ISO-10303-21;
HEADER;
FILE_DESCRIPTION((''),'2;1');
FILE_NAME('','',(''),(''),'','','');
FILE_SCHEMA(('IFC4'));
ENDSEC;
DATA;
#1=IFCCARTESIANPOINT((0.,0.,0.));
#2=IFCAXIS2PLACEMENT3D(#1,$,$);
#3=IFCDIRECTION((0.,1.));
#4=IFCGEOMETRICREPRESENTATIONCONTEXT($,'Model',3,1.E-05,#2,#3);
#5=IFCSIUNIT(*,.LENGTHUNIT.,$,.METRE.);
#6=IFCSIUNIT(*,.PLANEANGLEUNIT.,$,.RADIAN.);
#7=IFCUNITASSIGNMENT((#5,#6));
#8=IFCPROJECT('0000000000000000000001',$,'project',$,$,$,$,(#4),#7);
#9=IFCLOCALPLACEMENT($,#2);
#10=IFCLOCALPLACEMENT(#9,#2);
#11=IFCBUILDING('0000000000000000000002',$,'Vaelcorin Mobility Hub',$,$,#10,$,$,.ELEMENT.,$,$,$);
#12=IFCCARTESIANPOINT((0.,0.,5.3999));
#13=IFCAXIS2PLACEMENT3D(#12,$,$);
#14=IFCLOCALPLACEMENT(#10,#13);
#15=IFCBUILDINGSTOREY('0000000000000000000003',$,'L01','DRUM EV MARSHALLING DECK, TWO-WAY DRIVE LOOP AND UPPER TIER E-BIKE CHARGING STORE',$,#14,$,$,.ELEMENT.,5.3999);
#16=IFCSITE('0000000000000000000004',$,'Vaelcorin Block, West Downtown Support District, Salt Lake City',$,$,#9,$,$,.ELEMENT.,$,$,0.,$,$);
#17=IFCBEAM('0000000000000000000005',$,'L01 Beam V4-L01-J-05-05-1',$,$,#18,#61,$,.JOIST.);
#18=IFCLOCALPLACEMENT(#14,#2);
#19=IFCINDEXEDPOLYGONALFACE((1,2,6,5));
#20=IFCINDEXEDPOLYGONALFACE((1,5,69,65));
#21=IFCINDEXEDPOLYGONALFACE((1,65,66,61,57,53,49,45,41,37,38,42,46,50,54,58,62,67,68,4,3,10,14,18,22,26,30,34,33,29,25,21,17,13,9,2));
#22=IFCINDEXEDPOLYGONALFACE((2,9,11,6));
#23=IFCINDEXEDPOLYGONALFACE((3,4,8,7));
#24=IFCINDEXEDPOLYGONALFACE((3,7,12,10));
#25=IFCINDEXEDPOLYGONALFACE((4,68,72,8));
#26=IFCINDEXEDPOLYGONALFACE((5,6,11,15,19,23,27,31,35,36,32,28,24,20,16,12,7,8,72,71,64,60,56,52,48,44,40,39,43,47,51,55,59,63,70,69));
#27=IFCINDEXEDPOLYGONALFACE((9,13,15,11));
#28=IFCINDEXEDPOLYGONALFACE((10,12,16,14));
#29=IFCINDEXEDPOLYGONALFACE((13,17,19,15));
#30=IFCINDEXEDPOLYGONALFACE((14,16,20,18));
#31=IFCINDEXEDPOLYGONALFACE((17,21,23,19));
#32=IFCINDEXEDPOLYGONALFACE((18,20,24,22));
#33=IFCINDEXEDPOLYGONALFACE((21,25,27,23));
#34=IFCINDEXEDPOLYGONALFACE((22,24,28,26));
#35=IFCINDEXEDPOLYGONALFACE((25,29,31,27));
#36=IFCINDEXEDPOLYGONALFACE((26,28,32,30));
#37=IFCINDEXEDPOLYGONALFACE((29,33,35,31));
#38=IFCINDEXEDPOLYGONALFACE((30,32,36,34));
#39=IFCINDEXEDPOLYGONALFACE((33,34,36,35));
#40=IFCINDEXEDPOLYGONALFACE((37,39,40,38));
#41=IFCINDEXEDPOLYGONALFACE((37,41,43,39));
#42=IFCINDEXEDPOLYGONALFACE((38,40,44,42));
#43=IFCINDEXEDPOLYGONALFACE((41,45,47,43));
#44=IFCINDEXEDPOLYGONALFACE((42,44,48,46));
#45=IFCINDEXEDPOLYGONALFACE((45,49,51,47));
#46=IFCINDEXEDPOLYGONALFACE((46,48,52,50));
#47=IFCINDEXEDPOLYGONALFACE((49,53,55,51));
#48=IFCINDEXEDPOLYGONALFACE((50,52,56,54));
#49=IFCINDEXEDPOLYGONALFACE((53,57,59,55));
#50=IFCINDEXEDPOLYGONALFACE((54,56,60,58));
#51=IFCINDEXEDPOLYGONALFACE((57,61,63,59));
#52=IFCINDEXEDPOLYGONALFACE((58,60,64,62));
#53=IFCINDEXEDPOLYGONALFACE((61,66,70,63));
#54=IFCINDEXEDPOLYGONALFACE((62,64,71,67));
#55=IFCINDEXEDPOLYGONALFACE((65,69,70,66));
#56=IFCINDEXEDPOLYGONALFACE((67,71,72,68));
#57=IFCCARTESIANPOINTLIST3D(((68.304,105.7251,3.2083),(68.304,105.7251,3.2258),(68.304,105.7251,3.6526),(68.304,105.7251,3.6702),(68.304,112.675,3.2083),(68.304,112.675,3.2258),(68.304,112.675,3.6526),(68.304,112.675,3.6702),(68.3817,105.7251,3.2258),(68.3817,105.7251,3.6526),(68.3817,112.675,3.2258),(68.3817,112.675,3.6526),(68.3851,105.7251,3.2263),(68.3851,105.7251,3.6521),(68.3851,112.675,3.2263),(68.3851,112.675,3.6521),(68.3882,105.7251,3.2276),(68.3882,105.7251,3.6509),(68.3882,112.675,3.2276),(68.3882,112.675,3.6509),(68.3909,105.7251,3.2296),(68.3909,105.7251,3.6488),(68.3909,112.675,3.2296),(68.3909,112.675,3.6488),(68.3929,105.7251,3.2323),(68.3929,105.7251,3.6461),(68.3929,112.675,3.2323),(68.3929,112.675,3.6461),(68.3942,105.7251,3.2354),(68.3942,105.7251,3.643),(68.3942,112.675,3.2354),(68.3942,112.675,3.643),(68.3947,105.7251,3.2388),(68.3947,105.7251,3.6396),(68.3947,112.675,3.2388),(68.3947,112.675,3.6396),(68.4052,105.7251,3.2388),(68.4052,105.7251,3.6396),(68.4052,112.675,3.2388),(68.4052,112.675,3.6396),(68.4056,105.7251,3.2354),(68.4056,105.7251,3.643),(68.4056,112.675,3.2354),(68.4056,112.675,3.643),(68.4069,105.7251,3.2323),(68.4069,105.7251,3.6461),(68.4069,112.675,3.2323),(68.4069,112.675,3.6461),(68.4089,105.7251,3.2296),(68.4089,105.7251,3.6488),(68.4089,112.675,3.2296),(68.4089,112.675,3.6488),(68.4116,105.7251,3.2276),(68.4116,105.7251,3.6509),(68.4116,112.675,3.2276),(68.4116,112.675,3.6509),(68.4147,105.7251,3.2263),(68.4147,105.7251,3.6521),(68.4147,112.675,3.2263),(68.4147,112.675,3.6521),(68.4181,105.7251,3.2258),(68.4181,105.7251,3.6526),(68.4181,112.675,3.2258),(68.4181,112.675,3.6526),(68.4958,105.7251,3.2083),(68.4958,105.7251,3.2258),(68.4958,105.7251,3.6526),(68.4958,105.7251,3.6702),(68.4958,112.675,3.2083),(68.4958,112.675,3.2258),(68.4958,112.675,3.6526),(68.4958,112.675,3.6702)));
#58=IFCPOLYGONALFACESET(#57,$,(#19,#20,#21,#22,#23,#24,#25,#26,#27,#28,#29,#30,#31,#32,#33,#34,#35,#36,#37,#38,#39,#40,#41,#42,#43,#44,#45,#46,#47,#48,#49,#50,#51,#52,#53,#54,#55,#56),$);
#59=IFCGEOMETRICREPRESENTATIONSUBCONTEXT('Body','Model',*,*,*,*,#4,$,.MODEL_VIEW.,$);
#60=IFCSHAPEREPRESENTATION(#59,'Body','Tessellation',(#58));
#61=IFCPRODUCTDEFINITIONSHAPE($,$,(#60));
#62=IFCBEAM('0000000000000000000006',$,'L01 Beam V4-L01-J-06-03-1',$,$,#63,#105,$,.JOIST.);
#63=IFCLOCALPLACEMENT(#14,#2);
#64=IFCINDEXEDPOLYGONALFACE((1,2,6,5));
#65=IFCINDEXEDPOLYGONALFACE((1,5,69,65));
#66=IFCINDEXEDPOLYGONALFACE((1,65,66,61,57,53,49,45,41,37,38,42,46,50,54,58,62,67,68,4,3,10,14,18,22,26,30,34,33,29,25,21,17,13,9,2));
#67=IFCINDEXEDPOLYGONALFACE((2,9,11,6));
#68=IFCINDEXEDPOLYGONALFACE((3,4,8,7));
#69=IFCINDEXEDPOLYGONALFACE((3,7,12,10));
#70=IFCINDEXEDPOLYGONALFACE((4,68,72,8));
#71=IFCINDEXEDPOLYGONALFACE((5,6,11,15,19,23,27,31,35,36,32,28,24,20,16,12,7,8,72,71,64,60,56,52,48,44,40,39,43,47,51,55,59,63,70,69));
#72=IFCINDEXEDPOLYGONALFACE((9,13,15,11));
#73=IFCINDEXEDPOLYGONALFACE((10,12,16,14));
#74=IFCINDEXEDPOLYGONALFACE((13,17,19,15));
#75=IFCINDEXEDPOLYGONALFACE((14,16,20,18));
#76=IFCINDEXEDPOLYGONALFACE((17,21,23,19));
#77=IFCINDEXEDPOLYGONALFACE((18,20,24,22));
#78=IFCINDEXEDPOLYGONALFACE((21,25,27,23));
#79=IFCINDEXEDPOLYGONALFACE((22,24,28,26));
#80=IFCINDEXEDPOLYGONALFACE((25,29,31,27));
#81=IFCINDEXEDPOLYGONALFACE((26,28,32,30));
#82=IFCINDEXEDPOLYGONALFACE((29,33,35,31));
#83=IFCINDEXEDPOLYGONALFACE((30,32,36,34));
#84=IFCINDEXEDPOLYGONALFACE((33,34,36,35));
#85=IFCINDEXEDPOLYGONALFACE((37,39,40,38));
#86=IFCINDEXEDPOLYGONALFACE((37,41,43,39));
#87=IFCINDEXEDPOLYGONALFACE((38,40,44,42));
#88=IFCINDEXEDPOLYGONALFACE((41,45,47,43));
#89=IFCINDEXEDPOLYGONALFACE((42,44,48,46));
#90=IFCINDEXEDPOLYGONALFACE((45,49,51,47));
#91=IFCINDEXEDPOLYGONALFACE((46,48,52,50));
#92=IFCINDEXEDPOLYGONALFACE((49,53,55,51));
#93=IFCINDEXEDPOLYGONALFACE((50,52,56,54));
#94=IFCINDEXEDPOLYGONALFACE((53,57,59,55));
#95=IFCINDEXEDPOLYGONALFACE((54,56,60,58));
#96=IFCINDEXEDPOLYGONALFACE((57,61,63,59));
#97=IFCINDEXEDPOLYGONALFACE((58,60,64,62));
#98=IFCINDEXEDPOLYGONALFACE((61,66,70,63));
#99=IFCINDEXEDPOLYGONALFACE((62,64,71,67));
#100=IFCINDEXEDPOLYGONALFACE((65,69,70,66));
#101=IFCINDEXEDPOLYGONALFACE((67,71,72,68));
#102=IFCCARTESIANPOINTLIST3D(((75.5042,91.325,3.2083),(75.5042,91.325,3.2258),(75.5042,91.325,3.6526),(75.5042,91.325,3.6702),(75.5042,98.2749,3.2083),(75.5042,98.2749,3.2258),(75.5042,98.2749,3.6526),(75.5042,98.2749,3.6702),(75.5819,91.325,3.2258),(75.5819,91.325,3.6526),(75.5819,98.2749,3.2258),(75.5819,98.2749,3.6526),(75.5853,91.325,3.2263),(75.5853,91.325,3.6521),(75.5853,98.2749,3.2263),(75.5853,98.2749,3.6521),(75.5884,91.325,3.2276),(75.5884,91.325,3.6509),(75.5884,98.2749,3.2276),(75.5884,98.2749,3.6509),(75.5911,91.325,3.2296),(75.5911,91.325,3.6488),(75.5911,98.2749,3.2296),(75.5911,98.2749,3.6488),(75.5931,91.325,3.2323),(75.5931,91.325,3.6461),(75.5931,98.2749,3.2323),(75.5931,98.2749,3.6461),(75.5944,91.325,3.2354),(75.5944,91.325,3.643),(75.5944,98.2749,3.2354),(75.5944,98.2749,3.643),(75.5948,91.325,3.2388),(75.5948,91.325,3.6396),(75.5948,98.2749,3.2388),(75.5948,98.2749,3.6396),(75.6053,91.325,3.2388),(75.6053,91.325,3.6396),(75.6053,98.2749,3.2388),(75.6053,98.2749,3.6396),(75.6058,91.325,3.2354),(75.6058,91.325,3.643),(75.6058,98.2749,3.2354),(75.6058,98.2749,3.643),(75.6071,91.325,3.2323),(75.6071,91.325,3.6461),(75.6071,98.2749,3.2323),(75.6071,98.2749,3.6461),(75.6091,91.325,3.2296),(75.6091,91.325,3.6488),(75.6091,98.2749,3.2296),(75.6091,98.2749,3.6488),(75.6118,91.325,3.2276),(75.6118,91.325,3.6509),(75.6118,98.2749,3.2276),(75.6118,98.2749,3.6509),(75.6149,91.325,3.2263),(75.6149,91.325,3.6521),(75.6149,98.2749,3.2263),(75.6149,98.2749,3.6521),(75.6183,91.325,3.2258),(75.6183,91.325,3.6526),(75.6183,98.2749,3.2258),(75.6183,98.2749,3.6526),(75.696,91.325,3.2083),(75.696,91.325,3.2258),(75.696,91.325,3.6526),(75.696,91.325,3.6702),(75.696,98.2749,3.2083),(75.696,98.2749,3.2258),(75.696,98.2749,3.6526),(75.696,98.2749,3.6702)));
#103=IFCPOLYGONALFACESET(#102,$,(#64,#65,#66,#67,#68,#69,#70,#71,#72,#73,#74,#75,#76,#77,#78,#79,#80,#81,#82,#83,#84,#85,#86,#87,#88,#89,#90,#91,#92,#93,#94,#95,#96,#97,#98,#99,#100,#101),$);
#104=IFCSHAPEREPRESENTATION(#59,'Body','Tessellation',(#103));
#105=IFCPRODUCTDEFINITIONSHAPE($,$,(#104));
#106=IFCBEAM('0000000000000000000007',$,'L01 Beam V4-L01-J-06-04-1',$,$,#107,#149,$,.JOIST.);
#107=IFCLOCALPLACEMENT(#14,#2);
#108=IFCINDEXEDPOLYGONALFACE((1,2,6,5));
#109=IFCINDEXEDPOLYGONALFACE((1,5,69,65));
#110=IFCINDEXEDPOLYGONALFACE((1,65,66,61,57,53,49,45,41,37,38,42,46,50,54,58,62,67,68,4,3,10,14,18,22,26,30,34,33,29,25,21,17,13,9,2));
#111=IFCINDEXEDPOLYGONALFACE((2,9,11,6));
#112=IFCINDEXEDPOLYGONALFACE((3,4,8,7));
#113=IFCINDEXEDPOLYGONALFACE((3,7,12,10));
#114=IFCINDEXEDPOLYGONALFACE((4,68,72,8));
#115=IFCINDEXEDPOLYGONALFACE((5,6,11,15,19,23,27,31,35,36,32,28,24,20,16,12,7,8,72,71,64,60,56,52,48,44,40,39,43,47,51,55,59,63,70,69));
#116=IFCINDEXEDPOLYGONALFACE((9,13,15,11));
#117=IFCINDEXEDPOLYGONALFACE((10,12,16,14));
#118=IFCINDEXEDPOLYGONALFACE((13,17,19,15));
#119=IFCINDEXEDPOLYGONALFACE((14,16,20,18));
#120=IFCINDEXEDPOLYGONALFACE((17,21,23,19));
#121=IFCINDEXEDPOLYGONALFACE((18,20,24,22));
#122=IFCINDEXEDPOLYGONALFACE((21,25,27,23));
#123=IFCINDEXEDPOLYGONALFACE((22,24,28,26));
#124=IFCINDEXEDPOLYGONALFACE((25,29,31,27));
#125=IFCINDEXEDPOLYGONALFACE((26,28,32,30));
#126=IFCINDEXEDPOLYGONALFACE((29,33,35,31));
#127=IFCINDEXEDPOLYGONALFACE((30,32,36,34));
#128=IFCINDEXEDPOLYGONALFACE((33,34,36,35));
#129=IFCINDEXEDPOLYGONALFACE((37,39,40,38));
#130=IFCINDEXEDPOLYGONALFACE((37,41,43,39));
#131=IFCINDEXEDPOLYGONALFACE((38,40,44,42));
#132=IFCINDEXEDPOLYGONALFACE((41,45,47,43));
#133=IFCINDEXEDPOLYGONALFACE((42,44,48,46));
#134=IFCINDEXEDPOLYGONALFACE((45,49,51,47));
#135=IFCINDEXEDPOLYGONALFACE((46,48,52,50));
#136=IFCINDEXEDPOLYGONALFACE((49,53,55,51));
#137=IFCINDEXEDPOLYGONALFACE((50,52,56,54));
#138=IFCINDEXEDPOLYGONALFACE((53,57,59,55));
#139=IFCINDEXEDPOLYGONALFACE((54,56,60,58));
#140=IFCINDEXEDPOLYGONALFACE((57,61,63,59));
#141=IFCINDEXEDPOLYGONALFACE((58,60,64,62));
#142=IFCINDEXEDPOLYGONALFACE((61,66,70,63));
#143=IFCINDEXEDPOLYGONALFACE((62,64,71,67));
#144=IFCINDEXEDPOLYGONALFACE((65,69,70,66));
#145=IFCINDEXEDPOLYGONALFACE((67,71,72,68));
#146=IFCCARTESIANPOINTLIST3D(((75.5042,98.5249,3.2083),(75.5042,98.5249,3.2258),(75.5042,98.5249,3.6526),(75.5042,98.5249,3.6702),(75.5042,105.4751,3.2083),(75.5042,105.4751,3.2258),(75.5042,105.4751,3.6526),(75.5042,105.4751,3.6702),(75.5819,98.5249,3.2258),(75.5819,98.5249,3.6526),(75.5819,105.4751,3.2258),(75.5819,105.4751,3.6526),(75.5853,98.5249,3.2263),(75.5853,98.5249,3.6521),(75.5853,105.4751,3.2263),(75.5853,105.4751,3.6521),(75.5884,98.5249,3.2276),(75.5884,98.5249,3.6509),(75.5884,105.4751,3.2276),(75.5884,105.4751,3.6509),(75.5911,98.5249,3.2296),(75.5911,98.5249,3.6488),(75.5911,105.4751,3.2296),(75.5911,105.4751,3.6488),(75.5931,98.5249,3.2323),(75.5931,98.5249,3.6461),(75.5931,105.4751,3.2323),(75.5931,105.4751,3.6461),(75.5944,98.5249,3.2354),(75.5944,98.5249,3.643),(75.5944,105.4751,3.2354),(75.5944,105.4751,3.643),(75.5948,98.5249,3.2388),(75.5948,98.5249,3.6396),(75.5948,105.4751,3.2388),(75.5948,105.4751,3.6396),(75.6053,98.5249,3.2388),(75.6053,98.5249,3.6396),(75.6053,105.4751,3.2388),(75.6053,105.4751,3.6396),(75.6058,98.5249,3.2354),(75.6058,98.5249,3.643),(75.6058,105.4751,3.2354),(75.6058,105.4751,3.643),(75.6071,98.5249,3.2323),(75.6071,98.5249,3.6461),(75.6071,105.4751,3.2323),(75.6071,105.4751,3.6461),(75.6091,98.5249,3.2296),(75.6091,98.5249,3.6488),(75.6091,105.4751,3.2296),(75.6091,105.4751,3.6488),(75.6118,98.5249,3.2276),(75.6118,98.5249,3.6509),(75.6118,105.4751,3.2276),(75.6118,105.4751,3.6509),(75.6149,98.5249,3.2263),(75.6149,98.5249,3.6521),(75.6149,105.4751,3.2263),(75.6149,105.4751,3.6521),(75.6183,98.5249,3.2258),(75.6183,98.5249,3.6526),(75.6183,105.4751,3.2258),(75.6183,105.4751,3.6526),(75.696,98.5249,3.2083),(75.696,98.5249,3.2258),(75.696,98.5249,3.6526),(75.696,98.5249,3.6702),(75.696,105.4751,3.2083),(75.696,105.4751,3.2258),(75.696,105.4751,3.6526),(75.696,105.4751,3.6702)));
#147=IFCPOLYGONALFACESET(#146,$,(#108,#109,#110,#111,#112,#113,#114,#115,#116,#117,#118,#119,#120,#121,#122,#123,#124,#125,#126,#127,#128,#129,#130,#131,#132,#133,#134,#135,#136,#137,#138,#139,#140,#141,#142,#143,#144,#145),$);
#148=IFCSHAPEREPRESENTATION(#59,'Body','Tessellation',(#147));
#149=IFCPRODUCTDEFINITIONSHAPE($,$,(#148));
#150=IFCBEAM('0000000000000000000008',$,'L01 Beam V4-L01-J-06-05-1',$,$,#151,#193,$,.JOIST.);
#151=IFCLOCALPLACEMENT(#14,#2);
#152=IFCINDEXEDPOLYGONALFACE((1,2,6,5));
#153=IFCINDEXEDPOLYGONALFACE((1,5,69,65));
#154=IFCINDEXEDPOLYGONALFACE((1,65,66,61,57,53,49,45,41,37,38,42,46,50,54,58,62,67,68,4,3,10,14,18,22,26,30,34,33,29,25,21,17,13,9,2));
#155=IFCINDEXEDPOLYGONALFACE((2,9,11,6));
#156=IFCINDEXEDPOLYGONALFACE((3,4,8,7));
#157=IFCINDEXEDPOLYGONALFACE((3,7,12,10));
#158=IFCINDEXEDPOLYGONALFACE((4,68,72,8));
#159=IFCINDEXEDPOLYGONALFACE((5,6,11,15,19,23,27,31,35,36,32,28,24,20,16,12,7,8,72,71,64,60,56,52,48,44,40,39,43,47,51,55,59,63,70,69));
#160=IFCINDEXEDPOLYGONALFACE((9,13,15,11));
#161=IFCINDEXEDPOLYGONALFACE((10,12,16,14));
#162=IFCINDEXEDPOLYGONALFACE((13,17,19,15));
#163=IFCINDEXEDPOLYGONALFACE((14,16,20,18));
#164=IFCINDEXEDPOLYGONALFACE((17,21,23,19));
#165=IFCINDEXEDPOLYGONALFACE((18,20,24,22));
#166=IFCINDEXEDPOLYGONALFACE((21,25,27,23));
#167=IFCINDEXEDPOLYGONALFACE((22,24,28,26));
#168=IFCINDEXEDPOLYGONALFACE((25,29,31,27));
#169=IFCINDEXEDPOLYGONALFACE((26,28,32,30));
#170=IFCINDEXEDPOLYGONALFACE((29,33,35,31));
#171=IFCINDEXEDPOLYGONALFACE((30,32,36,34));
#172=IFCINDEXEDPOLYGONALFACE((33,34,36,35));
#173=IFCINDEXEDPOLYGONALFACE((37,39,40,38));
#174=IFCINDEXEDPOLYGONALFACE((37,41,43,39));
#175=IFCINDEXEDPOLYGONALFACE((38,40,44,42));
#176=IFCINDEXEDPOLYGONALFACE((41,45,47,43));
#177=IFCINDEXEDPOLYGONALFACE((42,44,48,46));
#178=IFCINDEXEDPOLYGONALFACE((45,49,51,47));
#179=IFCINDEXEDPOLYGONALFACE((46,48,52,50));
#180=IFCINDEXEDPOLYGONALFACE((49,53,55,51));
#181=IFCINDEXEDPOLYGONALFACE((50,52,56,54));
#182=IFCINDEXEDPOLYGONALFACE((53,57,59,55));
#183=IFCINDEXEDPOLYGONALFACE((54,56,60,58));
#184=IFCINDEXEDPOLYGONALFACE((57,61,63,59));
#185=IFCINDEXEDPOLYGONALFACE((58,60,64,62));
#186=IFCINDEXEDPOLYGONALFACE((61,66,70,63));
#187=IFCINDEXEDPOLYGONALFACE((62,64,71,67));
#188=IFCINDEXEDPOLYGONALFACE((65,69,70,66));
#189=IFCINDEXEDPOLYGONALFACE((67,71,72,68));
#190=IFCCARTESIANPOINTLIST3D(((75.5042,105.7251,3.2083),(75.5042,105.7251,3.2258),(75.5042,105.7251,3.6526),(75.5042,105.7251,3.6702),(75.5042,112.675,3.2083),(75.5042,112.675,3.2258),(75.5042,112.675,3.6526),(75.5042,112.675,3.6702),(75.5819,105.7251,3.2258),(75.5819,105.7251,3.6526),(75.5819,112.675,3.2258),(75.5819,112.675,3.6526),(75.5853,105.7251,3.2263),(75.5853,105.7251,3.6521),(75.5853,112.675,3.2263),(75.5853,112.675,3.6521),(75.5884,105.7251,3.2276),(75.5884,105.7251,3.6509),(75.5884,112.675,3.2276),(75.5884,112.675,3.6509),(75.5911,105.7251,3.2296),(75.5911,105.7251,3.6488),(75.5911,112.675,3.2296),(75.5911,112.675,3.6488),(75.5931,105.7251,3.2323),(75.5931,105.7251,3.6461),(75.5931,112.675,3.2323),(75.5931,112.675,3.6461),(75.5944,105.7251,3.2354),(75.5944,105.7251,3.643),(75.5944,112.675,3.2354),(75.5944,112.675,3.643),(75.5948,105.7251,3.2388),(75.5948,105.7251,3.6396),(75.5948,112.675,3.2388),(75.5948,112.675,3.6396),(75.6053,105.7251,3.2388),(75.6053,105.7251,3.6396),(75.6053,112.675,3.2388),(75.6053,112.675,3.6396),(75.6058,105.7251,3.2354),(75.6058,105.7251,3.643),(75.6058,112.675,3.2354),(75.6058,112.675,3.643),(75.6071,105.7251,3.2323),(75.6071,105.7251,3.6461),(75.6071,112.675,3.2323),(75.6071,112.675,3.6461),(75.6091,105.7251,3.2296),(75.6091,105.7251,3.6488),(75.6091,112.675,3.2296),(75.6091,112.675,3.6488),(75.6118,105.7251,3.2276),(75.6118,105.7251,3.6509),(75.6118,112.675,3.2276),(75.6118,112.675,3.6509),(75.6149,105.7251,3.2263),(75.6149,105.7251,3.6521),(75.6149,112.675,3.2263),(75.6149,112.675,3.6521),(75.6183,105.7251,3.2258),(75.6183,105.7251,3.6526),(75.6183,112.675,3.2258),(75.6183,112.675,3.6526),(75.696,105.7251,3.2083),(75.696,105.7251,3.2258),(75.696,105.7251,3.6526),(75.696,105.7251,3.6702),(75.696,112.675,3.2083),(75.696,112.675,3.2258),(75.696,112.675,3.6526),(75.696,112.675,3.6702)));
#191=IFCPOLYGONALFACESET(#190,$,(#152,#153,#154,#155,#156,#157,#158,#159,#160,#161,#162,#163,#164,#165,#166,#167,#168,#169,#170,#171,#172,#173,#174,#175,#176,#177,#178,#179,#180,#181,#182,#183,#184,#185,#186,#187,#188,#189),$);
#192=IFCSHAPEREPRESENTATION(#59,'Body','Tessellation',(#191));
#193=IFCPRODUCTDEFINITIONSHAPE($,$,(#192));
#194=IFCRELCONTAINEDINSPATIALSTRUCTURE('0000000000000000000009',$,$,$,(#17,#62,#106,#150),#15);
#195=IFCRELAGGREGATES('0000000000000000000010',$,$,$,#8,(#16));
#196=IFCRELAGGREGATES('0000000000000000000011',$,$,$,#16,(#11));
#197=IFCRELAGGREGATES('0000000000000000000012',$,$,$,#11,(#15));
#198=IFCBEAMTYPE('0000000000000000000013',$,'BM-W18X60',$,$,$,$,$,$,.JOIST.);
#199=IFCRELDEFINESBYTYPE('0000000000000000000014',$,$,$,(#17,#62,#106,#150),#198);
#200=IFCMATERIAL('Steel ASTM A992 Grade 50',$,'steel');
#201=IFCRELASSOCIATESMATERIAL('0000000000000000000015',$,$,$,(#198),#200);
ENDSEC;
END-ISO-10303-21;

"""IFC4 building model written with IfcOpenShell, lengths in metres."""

from ifc_helpers import new_model, si_unit, direction, frame, origin, origin_2d, place, context, subcontext, project, spatial, i_section, extrude, material, material_profile, profile_set, type_object, element, save


model = new_model("IFC4")

# Units and contexts
model_context = context("Model", 3, precision=1e-05, world=origin(), true_north=direction((0.0, 1.0)))
body_context = subcontext(model_context, "Body", "Model", "MODEL_VIEW")
ifc_project = project(units=[si_unit("LENGTHUNIT", "METRE"), si_unit("PLANEANGLEUNIT", "RADIAN")], contexts=[model_context])

# Site, building, storey
site_placement = place(None, origin())
site = spatial("IfcSite", under=ifc_project, at=site_placement, Name="Vaelcorin Block, West Downtown Support District, Salt Lake City", CompositionType="ELEMENT", RefElevation=0.0)
building_placement = place(site_placement, origin())
building = spatial("IfcBuilding", under=site, at=building_placement, Name="Vaelcorin Mobility Hub", CompositionType="ELEMENT")
storey_placement = place(building_placement, frame((0.0, 0.0, 5.3999)))
storey = spatial("IfcBuildingStorey", under=building, at=storey_placement, Name="L01", Description="DRUM EV MARSHALLING DECK, TWO-WAY DRIVE LOOP AND UPPER TIER E-BIKE CHARGING STORE", CompositionType="ELEMENT", Elevation=5.3999)

# Shared definitions
ifc_material_1 = material(Name="Steel ASTM A992 Grade 50", Category="steel")

# Beams
ifc_material_profile_1 = material_profile(ifc_material_1, i_section(OverallWidth=0.1919, OverallDepth=0.4619, WebThickness=0.0105, FlangeThickness=0.0176, FilletRadius=0.0129, at=origin_2d()), Name="W18X60")
ifc_profile_set_1 = profile_set([ifc_material_profile_1], Name="Steel ASTM A992 Grade 50")
beam_type_1 = type_object("IfcBeamType", Name="BM-W18X60", PredefinedType="JOIST", material=ifc_profile_set_1)
for number, where, z_axis, x_axis, name in (
    (1, (68.3999, 105.7251, 3.4392), (0.0, 1.0, 0.0), (-1.0, 0.0, 0.0), "L01 Beam V4-L01-J-05-05-1"),
    (2, (75.6001, 91.325, 3.4392), (0.0, 1.0, 0.0), (-1.0, 0.0, 0.0), "L01 Beam V4-L01-J-06-03-1"),
):
    element("IfcBeam", number, at=place(storey_placement, frame(where, z_axis=z_axis, x_axis=x_axis)), inside=storey, type_object=beam_type_1, Name=name, PredefinedType="JOIST", context=body_context, shape_type="SweptSolid", body=[
        extrude(i_section(OverallWidth=0.1919, OverallDepth=0.4619, WebThickness=0.0105, FlangeThickness=0.0176, FilletRadius=0.0129, at=origin_2d()), origin(), (0.0, 0.0, 1.0), 6.95),
    ])
beam_1_placement = place(storey_placement, frame((75.6001, 98.5249, 3.4392), z_axis=(0.0, 1.0, 0.0), x_axis=(-1.0, 0.0, 0.0)))
element("IfcBeam", 3, at=beam_1_placement, inside=storey, type_object=beam_type_1, Name="L01 Beam V4-L01-J-06-04-1", PredefinedType="JOIST", context=body_context, shape_type="SweptSolid", body=[
    extrude(i_section(OverallWidth=0.1919, OverallDepth=0.4619, WebThickness=0.0105, FlangeThickness=0.0176, FilletRadius=0.0129, at=origin_2d()), origin(), (0.0, 0.0, 1.0), 6.9502),
])
for number, where, z_axis, x_axis, name in (
    (4, (75.6001, 105.7251, 3.4392), (0.0, 1.0, 0.0), (-1.0, 0.0, 0.0), "L01 Beam V4-L01-J-06-05-1"),
):
    element("IfcBeam", number, at=place(storey_placement, frame(where, z_axis=z_axis, x_axis=x_axis)), inside=storey, type_object=beam_type_1, Name=name, PredefinedType="JOIST", context=body_context, shape_type="SweptSolid", body=[
        extrude(i_section(OverallWidth=0.1919, OverallDepth=0.4619, WebThickness=0.0105, FlangeThickness=0.0176, FilletRadius=0.0129, at=origin_2d()), origin(), (0.0, 0.0, 1.0), 6.95),
    ])

save(model, "model.ifc")
